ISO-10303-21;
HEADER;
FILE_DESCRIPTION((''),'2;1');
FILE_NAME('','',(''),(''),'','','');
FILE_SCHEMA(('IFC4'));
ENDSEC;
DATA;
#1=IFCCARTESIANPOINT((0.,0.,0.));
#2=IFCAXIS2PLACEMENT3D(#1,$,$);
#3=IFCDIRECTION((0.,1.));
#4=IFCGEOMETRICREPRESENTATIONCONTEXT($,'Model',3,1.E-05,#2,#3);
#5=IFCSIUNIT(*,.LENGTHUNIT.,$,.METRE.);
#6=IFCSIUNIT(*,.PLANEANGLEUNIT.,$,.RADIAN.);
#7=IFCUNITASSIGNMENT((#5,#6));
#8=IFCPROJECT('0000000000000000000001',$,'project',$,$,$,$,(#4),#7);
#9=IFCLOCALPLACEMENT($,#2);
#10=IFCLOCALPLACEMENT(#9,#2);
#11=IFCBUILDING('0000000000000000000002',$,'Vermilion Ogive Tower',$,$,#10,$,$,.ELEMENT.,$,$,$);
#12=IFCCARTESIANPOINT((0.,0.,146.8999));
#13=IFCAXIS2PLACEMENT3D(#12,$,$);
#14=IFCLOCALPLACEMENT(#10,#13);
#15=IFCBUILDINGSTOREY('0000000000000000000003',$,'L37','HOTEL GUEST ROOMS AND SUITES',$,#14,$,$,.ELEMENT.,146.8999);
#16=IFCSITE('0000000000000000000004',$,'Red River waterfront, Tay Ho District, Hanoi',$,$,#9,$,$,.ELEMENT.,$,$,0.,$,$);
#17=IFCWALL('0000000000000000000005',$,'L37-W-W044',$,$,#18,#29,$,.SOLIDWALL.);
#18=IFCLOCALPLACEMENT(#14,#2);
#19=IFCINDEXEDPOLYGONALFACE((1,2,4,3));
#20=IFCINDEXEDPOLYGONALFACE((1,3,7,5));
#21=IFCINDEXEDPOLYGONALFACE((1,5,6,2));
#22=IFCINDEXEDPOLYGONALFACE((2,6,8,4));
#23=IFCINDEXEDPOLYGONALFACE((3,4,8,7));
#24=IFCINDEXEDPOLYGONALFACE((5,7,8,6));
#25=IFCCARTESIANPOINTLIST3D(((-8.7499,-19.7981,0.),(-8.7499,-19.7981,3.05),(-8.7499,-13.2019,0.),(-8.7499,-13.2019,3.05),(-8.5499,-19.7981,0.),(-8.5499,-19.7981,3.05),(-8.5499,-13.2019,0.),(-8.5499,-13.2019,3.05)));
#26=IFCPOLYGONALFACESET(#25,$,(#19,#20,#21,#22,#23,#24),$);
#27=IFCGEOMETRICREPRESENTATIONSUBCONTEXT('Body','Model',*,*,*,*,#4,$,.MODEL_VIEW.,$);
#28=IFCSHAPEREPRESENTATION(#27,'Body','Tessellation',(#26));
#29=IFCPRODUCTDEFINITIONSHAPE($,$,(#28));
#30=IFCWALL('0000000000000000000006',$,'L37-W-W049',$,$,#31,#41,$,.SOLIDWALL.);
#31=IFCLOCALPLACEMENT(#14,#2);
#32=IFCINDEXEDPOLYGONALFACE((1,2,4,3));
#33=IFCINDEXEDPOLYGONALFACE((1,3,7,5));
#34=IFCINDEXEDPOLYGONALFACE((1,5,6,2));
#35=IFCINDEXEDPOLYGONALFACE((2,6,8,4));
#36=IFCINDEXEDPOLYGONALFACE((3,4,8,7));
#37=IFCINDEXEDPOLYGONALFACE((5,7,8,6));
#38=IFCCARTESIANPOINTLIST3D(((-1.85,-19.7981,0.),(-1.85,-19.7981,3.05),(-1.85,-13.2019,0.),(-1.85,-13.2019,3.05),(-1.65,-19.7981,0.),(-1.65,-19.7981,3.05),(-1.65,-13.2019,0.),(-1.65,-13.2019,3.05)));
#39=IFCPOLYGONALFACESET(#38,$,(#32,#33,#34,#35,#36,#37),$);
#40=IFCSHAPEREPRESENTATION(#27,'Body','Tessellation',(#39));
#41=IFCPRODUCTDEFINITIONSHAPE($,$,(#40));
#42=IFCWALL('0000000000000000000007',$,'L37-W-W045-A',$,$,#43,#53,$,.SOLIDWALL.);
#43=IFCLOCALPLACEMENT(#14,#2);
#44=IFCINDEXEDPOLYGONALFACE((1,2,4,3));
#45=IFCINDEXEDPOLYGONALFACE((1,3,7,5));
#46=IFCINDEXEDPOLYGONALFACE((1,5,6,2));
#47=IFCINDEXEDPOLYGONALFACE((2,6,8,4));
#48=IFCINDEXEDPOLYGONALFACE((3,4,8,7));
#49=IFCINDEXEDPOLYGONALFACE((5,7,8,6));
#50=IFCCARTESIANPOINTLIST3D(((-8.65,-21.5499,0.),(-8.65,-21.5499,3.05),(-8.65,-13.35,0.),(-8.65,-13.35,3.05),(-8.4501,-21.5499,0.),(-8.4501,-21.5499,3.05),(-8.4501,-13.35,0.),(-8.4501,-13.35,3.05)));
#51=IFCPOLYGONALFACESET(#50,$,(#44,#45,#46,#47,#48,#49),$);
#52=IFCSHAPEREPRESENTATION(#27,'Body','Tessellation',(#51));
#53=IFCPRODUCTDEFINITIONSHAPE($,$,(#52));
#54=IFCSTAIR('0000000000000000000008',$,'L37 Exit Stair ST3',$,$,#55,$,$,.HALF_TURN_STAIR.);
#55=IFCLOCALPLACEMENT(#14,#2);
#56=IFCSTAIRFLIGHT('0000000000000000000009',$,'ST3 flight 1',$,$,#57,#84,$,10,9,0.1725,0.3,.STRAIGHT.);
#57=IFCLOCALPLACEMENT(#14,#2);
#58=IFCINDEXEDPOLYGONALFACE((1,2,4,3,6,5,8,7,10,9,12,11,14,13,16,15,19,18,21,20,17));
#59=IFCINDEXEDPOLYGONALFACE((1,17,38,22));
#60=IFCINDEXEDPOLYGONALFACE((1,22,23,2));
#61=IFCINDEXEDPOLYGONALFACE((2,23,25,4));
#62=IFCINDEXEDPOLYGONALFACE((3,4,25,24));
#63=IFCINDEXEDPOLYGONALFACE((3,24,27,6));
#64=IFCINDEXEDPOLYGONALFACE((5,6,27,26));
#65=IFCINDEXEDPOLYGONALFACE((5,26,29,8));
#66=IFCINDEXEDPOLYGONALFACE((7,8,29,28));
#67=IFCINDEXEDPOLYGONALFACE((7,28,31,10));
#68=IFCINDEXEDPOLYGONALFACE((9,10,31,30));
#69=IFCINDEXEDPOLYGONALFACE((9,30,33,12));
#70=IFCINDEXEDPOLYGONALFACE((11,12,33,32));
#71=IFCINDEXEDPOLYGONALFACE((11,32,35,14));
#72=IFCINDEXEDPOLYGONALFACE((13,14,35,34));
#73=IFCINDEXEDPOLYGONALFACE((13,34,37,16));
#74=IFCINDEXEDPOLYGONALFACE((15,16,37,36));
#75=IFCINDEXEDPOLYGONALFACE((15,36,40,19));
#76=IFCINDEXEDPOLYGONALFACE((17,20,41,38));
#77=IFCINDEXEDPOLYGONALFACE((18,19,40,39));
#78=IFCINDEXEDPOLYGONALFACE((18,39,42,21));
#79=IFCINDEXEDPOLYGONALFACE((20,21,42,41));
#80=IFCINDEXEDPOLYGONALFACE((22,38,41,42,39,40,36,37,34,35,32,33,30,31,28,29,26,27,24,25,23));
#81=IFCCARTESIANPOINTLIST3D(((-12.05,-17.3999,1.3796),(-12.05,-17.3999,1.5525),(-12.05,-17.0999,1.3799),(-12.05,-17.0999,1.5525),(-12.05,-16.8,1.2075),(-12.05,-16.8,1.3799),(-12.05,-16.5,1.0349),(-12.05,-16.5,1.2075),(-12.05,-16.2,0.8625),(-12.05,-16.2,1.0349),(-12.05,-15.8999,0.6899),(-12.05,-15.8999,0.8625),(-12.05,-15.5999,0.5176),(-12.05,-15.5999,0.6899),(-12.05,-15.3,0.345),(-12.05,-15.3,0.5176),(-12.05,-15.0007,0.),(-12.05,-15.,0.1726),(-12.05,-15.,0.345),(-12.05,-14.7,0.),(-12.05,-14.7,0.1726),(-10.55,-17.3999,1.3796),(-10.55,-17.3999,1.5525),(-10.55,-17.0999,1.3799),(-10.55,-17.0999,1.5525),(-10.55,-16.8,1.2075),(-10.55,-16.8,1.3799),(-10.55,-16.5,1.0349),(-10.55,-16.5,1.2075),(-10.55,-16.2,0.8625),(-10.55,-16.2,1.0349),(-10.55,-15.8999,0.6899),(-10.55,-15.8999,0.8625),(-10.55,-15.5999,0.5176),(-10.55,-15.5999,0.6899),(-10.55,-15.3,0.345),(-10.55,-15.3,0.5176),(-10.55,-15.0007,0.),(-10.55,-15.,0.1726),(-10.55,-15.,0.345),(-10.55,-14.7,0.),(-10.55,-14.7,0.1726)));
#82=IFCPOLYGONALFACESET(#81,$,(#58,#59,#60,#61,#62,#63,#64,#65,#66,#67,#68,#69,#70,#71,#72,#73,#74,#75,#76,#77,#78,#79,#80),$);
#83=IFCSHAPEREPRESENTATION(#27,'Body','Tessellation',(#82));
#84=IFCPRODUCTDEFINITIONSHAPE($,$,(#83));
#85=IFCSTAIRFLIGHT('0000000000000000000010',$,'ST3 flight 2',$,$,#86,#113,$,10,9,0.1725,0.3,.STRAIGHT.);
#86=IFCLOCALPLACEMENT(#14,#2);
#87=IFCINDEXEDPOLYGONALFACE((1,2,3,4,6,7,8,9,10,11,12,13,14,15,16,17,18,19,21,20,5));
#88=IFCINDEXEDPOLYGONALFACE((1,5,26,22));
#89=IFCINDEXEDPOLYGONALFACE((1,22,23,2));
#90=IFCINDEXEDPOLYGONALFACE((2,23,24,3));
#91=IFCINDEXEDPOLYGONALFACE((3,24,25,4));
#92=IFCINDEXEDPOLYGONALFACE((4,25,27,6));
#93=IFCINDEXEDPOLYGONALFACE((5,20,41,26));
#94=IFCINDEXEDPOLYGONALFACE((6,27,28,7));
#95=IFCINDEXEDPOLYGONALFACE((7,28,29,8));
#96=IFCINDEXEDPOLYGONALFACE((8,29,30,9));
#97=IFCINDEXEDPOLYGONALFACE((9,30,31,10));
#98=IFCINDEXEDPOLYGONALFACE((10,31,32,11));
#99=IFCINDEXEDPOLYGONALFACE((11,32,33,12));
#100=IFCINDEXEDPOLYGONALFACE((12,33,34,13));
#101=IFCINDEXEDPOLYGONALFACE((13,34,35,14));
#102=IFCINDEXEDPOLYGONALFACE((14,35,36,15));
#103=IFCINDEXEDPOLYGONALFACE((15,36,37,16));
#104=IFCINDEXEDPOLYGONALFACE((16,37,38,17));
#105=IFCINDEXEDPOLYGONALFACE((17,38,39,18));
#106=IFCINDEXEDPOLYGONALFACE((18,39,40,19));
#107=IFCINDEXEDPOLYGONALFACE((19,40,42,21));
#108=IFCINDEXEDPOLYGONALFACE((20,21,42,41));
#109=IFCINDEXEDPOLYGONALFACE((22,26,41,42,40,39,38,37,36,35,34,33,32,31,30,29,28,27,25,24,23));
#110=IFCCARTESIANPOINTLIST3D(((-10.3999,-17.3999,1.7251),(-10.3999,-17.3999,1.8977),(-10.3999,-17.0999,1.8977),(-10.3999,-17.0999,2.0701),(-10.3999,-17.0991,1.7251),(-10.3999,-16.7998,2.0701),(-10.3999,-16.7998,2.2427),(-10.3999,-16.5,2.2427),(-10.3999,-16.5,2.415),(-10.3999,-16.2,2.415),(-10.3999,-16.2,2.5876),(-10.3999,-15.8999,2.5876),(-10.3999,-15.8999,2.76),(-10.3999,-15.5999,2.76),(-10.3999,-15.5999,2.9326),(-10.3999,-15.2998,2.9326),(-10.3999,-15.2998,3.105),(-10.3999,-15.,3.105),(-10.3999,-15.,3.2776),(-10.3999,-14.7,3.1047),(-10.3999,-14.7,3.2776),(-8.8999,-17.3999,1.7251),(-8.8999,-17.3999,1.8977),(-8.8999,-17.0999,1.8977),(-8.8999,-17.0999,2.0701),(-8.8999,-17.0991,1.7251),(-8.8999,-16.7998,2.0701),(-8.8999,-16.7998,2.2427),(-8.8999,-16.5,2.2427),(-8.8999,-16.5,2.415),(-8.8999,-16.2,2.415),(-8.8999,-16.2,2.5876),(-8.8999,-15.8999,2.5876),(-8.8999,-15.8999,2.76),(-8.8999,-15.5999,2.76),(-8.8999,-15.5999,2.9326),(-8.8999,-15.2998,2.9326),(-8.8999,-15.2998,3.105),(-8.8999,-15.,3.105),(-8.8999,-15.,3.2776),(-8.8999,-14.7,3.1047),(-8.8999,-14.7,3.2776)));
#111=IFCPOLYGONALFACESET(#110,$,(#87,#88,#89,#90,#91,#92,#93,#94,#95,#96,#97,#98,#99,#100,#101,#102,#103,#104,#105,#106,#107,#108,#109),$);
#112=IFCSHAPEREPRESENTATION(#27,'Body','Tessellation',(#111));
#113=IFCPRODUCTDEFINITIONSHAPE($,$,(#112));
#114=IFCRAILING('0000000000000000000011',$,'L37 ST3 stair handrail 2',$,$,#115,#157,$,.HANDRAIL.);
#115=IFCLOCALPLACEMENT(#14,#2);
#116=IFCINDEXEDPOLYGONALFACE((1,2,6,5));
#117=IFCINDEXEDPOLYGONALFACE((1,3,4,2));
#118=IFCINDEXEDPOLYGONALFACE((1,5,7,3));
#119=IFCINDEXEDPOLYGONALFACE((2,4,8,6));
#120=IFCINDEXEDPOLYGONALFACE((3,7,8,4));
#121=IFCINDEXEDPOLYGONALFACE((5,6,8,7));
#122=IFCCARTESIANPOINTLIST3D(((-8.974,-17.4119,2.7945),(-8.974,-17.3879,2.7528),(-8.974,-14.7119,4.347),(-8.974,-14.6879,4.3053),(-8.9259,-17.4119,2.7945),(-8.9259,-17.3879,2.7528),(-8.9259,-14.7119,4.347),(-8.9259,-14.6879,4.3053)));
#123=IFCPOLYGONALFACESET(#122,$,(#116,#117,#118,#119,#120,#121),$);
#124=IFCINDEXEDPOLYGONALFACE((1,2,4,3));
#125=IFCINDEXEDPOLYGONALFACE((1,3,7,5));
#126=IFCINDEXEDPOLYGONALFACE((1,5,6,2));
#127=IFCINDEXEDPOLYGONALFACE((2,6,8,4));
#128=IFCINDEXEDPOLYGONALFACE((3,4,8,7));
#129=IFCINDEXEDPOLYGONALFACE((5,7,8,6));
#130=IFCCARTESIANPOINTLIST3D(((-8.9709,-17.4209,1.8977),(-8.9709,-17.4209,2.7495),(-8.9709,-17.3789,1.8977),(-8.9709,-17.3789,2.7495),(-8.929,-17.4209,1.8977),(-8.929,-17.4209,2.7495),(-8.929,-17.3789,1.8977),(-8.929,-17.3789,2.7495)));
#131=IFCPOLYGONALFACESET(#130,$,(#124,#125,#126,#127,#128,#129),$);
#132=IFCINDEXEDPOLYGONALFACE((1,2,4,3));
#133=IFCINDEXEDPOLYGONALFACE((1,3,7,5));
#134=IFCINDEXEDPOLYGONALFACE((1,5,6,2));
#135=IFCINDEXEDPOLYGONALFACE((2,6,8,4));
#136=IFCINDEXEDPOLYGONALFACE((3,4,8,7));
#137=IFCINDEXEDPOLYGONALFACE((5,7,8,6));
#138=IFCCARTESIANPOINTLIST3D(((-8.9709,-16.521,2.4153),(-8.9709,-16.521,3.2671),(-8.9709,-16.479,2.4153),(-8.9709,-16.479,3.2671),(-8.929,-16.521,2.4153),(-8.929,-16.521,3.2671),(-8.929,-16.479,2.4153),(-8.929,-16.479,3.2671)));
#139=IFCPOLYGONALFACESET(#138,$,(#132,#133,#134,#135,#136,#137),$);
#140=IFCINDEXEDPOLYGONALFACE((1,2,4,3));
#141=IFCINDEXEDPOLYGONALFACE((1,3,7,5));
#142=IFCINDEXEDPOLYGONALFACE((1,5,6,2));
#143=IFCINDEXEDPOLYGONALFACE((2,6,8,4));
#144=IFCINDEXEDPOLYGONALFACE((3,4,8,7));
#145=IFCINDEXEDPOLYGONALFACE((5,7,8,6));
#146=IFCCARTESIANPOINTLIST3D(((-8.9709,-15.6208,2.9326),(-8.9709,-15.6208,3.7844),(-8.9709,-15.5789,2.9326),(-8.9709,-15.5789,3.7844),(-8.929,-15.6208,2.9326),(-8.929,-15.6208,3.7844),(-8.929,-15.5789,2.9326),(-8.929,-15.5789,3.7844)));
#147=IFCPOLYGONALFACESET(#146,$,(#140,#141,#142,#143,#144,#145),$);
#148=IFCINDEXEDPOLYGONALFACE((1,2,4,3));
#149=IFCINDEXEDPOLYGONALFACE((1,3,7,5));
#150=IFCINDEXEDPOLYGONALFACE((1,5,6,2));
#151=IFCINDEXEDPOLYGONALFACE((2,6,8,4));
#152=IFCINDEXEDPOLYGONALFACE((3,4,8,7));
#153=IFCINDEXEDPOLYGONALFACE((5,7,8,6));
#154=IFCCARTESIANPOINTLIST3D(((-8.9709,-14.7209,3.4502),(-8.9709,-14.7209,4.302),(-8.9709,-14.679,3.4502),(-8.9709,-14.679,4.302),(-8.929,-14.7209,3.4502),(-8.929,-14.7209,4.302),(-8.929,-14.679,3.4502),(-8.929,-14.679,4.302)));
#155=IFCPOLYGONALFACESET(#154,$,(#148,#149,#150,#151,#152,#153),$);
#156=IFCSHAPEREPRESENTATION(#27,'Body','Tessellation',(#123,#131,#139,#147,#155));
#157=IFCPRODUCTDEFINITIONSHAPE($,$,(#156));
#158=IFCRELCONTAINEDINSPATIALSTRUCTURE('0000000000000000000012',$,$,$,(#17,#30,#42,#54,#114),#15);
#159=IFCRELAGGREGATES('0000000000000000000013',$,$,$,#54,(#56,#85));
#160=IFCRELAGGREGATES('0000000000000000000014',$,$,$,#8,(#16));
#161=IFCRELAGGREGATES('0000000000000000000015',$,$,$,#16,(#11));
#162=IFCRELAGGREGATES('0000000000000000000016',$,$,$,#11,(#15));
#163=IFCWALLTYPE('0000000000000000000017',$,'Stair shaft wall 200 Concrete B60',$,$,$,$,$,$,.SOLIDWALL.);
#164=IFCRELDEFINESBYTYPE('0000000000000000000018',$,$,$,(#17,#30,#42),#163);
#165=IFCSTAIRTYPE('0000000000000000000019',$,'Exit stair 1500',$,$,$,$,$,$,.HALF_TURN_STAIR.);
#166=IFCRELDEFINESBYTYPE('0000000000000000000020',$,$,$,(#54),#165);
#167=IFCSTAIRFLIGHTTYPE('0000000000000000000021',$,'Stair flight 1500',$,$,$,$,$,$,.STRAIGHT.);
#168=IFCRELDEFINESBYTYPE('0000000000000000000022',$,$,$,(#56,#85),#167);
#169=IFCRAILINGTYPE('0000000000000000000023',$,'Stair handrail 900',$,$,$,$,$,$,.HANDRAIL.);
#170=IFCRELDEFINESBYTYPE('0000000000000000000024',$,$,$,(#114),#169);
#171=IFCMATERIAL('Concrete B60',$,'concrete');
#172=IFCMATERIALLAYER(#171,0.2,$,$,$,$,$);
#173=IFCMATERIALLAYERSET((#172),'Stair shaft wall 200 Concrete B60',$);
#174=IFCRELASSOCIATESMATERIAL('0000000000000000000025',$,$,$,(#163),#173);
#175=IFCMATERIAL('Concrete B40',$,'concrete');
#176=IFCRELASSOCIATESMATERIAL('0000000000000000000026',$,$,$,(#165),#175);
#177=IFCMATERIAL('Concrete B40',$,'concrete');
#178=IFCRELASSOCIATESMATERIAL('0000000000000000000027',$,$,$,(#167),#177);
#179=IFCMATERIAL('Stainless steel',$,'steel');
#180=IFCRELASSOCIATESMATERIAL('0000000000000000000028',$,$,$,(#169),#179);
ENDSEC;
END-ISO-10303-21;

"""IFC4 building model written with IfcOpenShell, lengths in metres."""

from ifc_helpers import new_model, si_unit, direction, frame, frame_2d, origin, origin_2d, place, context, subcontext, project, spatial, polyline, rectangle, outline, extrude, material, layer, layer_set, type_object, element, aggregate, save


model = new_model("IFC4")

# Units and contexts
model_context = context("Model", 3, precision=1e-05, world=origin(), true_north=direction((0.0, 1.0)))
body_context = subcontext(model_context, "Body", "Model", "MODEL_VIEW")
ifc_project = project(units=[si_unit("LENGTHUNIT", "METRE"), si_unit("PLANEANGLEUNIT", "RADIAN")], contexts=[model_context])

# Site, building, storey
site_placement = place(None, origin())
site = spatial("IfcSite", under=ifc_project, at=site_placement, Name="Red River waterfront, Tay Ho District, Hanoi", CompositionType="ELEMENT", RefElevation=0.0)
building_placement = place(site_placement, origin())
building = spatial("IfcBuilding", under=site, at=building_placement, Name="Vermilion Ogive Tower", CompositionType="ELEMENT")
storey_placement = place(building_placement, frame((0.0, 0.0, 146.8999)))
storey = spatial("IfcBuildingStorey", under=building, at=storey_placement, Name="L37", Description="HOTEL GUEST ROOMS AND SUITES", CompositionType="ELEMENT", Elevation=146.8999)

# Walls
ifc_material_1 = material(Name="Concrete B60", Category="concrete")
ifc_layer_1 = layer(ifc_material_1, 0.2)
ifc_layer_set_1 = layer_set([ifc_layer_1], Name="Stair shaft wall 200 Concrete B60")
wall_type = type_object("IfcWallType", Name="Stair shaft wall 200 Concrete B60", PredefinedType="SOLIDWALL", material=ifc_layer_set_1)
for number, where, z_axis, x_axis, name in (
    (1, (-8.6499, -19.7981, 0.0), (0.0, 0.0, 1.0), (0.0, 1.0, 0.0), "L37-W-W044"),
    (2, (-1.75, -19.7981, 0.0), (0.0, 0.0, 1.0), (0.0, 1.0, 0.0), "L37-W-W049"),
):
    element("IfcWall", number, at=place(storey_placement, frame(where, z_axis=z_axis, x_axis=x_axis)), inside=storey, type_object=wall_type, Name=name, PredefinedType="SOLIDWALL", context=body_context, shape_type="SweptSolid", body=[
        extrude(rectangle(XDim=6.5962, YDim=0.2, at=frame_2d((3.2981, 0.0))), origin(), (0.0, 0.0, 1.0), 3.05),
    ])
wall_1_placement = place(storey_placement, frame((-8.55, -21.55, 0.0), z_axis=(0.0, 0.0, 1.0), x_axis=(0.0, 1.0, 0.0)))
element("IfcWall", 3, at=wall_1_placement, inside=storey, type_object=wall_type, Name="L37-W-W045-A", PredefinedType="SOLIDWALL", context=body_context, shape_type="SweptSolid", body=[
    extrude(rectangle(XDim=8.2, YDim=0.2, at=frame_2d((4.1001, 0.0))), origin(), (0.0, 0.0, 1.0), 3.05),
])

# Stair, stair flights
ifc_material_2 = material(Name="Concrete B40", Category="concrete")
stair_type = type_object("IfcStairType", Name="Exit stair 1500", PredefinedType="HALF_TURN_STAIR", material=ifc_material_2)
stair_placement = place(storey_placement, origin())
stair = element("IfcStair", 4, at=stair_placement, inside=storey, type_object=stair_type, Name="L37 Exit Stair ST3", PredefinedType="HALF_TURN_STAIR")
ifc_material_3 = material(Name="Concrete B40", Category="concrete")
stair_flight_type = type_object("IfcStairFlightType", Name="Stair flight 1500", PredefinedType="STRAIGHT", material=ifc_material_3)
stair_flight_1_placement = place(storey_placement, frame((-11.3, -14.7, 0.0), z_axis=(0.0, 0.0, 1.0), x_axis=(0.0, -1.0, 0.0)))
stair_flight_1 = element("IfcStairFlight", 5, at=stair_flight_1_placement, type_object=stair_flight_type, Name="ST3 flight 1", NumberOfRisers=10, NumberOfTreads=9, PredefinedType="STRAIGHT", RiserHeight=0.1725, TreadLength=0.3, context=body_context, shape_type="SweptSolid", body=[
    extrude(outline(polyline([(0.0, 0.0), (0.0, 0.1726), (0.3, 0.1726), (0.3, 0.345), (0.6001, 0.345), (0.6001, 0.5176), (0.8999, 0.5176), (0.8999, 0.6899), (1.2, 0.6899), (1.2, 0.8625), (1.5, 0.8625), (1.5, 1.0349), (1.8, 1.0349), (1.8, 1.2075), (2.1001, 1.2075), (2.1001, 1.3799), (2.3999, 1.3799), (2.3999, 1.5525), (2.7, 1.5525), (2.7, 1.7251), (2.7, 1.3796), (0.3008, 0.0), (0.0, 0.0)])), frame((0.0, 0.75, 0.0), z_axis=(0.0, -1.0, 0.0), x_axis=(1.0, 0.0, 0.0)), (0.0, 0.0, 1.0), 1.5),
])
stair_flight_2_placement = place(storey_placement, frame((-9.6499, -17.3999, 1.7251), z_axis=(0.0, 0.0, 1.0), x_axis=(0.0, 1.0, 0.0)))
stair_flight_2 = element("IfcStairFlight", 6, at=stair_flight_2_placement, type_object=stair_flight_type, Name="ST3 flight 2", NumberOfRisers=10, NumberOfTreads=9, PredefinedType="STRAIGHT", RiserHeight=0.1725, TreadLength=0.3, context=body_context, shape_type="SweptSolid", body=[
    extrude(outline(polyline([(0.0, 0.0), (0.0, 0.1726), (0.3, 0.1726), (0.3, 0.345), (0.6001, 0.345), (0.6001, 0.5176), (0.8999, 0.5176), (0.8999, 0.6899), (1.2, 0.6899), (1.2, 0.8625), (1.5, 0.8625), (1.5, 1.0349), (1.8, 1.0349), (1.8, 1.2075), (2.1001, 1.2075), (2.1001, 1.3799), (2.3999, 1.3799), (2.3999, 1.5525), (2.7, 1.5525), (2.7, 1.7251), (2.7, 1.3796), (0.3008, 0.0), (0.0, 0.0)])), frame((0.0, 0.75, 0.0), z_axis=(0.0, -1.0, 0.0), x_axis=(1.0, 0.0, 0.0)), (0.0, 0.0, 1.0), 1.5),
])
aggregate(stair, [stair_flight_1, stair_flight_2])

# Railing
ifc_material_4 = material(Name="Stainless steel", Category="steel")
railing_type = type_object("IfcRailingType", Name="Stair handrail 900", PredefinedType="HANDRAIL", material=ifc_material_4)
railing_placement = place(storey_placement, frame((-8.95, -17.3999, 1.8977)))
element("IfcRailing", 7, at=railing_placement, inside=storey, type_object=railing_type, Name="L37 ST3 stair handrail 2", PredefinedType="HANDRAIL", context=body_context, shape_type="SweptSolid", body=[
    extrude(rectangle(XDim=0.0481, YDim=0.0481, at=origin_2d()), frame((0.0, 0.0, 0.876), z_axis=(0.0, 0.866904, 0.498476), x_axis=(-1.0, 0.0, 0.0)), (0.0, 0.0, 1.0), 3.1145),
    extrude(rectangle(XDim=0.042, YDim=0.042, at=origin_2d()), origin(), (0.0, 0.0, 1.0), 0.8518),
    extrude(rectangle(XDim=0.042, YDim=0.042, at=origin_2d()), frame((0.0, 0.8999, 0.5176)), (0.0, 0.0, 1.0), 0.8518),
    extrude(rectangle(XDim=0.042, YDim=0.042, at=origin_2d()), frame((0.0, 1.8, 1.0349)), (0.0, 0.0, 1.0), 0.8518),
    extrude(rectangle(XDim=0.042, YDim=0.042, at=origin_2d()), frame((0.0, 2.7, 1.5525)), (0.0, 0.0, 1.0), 0.8518),
])

save(model, "model.ifc")
